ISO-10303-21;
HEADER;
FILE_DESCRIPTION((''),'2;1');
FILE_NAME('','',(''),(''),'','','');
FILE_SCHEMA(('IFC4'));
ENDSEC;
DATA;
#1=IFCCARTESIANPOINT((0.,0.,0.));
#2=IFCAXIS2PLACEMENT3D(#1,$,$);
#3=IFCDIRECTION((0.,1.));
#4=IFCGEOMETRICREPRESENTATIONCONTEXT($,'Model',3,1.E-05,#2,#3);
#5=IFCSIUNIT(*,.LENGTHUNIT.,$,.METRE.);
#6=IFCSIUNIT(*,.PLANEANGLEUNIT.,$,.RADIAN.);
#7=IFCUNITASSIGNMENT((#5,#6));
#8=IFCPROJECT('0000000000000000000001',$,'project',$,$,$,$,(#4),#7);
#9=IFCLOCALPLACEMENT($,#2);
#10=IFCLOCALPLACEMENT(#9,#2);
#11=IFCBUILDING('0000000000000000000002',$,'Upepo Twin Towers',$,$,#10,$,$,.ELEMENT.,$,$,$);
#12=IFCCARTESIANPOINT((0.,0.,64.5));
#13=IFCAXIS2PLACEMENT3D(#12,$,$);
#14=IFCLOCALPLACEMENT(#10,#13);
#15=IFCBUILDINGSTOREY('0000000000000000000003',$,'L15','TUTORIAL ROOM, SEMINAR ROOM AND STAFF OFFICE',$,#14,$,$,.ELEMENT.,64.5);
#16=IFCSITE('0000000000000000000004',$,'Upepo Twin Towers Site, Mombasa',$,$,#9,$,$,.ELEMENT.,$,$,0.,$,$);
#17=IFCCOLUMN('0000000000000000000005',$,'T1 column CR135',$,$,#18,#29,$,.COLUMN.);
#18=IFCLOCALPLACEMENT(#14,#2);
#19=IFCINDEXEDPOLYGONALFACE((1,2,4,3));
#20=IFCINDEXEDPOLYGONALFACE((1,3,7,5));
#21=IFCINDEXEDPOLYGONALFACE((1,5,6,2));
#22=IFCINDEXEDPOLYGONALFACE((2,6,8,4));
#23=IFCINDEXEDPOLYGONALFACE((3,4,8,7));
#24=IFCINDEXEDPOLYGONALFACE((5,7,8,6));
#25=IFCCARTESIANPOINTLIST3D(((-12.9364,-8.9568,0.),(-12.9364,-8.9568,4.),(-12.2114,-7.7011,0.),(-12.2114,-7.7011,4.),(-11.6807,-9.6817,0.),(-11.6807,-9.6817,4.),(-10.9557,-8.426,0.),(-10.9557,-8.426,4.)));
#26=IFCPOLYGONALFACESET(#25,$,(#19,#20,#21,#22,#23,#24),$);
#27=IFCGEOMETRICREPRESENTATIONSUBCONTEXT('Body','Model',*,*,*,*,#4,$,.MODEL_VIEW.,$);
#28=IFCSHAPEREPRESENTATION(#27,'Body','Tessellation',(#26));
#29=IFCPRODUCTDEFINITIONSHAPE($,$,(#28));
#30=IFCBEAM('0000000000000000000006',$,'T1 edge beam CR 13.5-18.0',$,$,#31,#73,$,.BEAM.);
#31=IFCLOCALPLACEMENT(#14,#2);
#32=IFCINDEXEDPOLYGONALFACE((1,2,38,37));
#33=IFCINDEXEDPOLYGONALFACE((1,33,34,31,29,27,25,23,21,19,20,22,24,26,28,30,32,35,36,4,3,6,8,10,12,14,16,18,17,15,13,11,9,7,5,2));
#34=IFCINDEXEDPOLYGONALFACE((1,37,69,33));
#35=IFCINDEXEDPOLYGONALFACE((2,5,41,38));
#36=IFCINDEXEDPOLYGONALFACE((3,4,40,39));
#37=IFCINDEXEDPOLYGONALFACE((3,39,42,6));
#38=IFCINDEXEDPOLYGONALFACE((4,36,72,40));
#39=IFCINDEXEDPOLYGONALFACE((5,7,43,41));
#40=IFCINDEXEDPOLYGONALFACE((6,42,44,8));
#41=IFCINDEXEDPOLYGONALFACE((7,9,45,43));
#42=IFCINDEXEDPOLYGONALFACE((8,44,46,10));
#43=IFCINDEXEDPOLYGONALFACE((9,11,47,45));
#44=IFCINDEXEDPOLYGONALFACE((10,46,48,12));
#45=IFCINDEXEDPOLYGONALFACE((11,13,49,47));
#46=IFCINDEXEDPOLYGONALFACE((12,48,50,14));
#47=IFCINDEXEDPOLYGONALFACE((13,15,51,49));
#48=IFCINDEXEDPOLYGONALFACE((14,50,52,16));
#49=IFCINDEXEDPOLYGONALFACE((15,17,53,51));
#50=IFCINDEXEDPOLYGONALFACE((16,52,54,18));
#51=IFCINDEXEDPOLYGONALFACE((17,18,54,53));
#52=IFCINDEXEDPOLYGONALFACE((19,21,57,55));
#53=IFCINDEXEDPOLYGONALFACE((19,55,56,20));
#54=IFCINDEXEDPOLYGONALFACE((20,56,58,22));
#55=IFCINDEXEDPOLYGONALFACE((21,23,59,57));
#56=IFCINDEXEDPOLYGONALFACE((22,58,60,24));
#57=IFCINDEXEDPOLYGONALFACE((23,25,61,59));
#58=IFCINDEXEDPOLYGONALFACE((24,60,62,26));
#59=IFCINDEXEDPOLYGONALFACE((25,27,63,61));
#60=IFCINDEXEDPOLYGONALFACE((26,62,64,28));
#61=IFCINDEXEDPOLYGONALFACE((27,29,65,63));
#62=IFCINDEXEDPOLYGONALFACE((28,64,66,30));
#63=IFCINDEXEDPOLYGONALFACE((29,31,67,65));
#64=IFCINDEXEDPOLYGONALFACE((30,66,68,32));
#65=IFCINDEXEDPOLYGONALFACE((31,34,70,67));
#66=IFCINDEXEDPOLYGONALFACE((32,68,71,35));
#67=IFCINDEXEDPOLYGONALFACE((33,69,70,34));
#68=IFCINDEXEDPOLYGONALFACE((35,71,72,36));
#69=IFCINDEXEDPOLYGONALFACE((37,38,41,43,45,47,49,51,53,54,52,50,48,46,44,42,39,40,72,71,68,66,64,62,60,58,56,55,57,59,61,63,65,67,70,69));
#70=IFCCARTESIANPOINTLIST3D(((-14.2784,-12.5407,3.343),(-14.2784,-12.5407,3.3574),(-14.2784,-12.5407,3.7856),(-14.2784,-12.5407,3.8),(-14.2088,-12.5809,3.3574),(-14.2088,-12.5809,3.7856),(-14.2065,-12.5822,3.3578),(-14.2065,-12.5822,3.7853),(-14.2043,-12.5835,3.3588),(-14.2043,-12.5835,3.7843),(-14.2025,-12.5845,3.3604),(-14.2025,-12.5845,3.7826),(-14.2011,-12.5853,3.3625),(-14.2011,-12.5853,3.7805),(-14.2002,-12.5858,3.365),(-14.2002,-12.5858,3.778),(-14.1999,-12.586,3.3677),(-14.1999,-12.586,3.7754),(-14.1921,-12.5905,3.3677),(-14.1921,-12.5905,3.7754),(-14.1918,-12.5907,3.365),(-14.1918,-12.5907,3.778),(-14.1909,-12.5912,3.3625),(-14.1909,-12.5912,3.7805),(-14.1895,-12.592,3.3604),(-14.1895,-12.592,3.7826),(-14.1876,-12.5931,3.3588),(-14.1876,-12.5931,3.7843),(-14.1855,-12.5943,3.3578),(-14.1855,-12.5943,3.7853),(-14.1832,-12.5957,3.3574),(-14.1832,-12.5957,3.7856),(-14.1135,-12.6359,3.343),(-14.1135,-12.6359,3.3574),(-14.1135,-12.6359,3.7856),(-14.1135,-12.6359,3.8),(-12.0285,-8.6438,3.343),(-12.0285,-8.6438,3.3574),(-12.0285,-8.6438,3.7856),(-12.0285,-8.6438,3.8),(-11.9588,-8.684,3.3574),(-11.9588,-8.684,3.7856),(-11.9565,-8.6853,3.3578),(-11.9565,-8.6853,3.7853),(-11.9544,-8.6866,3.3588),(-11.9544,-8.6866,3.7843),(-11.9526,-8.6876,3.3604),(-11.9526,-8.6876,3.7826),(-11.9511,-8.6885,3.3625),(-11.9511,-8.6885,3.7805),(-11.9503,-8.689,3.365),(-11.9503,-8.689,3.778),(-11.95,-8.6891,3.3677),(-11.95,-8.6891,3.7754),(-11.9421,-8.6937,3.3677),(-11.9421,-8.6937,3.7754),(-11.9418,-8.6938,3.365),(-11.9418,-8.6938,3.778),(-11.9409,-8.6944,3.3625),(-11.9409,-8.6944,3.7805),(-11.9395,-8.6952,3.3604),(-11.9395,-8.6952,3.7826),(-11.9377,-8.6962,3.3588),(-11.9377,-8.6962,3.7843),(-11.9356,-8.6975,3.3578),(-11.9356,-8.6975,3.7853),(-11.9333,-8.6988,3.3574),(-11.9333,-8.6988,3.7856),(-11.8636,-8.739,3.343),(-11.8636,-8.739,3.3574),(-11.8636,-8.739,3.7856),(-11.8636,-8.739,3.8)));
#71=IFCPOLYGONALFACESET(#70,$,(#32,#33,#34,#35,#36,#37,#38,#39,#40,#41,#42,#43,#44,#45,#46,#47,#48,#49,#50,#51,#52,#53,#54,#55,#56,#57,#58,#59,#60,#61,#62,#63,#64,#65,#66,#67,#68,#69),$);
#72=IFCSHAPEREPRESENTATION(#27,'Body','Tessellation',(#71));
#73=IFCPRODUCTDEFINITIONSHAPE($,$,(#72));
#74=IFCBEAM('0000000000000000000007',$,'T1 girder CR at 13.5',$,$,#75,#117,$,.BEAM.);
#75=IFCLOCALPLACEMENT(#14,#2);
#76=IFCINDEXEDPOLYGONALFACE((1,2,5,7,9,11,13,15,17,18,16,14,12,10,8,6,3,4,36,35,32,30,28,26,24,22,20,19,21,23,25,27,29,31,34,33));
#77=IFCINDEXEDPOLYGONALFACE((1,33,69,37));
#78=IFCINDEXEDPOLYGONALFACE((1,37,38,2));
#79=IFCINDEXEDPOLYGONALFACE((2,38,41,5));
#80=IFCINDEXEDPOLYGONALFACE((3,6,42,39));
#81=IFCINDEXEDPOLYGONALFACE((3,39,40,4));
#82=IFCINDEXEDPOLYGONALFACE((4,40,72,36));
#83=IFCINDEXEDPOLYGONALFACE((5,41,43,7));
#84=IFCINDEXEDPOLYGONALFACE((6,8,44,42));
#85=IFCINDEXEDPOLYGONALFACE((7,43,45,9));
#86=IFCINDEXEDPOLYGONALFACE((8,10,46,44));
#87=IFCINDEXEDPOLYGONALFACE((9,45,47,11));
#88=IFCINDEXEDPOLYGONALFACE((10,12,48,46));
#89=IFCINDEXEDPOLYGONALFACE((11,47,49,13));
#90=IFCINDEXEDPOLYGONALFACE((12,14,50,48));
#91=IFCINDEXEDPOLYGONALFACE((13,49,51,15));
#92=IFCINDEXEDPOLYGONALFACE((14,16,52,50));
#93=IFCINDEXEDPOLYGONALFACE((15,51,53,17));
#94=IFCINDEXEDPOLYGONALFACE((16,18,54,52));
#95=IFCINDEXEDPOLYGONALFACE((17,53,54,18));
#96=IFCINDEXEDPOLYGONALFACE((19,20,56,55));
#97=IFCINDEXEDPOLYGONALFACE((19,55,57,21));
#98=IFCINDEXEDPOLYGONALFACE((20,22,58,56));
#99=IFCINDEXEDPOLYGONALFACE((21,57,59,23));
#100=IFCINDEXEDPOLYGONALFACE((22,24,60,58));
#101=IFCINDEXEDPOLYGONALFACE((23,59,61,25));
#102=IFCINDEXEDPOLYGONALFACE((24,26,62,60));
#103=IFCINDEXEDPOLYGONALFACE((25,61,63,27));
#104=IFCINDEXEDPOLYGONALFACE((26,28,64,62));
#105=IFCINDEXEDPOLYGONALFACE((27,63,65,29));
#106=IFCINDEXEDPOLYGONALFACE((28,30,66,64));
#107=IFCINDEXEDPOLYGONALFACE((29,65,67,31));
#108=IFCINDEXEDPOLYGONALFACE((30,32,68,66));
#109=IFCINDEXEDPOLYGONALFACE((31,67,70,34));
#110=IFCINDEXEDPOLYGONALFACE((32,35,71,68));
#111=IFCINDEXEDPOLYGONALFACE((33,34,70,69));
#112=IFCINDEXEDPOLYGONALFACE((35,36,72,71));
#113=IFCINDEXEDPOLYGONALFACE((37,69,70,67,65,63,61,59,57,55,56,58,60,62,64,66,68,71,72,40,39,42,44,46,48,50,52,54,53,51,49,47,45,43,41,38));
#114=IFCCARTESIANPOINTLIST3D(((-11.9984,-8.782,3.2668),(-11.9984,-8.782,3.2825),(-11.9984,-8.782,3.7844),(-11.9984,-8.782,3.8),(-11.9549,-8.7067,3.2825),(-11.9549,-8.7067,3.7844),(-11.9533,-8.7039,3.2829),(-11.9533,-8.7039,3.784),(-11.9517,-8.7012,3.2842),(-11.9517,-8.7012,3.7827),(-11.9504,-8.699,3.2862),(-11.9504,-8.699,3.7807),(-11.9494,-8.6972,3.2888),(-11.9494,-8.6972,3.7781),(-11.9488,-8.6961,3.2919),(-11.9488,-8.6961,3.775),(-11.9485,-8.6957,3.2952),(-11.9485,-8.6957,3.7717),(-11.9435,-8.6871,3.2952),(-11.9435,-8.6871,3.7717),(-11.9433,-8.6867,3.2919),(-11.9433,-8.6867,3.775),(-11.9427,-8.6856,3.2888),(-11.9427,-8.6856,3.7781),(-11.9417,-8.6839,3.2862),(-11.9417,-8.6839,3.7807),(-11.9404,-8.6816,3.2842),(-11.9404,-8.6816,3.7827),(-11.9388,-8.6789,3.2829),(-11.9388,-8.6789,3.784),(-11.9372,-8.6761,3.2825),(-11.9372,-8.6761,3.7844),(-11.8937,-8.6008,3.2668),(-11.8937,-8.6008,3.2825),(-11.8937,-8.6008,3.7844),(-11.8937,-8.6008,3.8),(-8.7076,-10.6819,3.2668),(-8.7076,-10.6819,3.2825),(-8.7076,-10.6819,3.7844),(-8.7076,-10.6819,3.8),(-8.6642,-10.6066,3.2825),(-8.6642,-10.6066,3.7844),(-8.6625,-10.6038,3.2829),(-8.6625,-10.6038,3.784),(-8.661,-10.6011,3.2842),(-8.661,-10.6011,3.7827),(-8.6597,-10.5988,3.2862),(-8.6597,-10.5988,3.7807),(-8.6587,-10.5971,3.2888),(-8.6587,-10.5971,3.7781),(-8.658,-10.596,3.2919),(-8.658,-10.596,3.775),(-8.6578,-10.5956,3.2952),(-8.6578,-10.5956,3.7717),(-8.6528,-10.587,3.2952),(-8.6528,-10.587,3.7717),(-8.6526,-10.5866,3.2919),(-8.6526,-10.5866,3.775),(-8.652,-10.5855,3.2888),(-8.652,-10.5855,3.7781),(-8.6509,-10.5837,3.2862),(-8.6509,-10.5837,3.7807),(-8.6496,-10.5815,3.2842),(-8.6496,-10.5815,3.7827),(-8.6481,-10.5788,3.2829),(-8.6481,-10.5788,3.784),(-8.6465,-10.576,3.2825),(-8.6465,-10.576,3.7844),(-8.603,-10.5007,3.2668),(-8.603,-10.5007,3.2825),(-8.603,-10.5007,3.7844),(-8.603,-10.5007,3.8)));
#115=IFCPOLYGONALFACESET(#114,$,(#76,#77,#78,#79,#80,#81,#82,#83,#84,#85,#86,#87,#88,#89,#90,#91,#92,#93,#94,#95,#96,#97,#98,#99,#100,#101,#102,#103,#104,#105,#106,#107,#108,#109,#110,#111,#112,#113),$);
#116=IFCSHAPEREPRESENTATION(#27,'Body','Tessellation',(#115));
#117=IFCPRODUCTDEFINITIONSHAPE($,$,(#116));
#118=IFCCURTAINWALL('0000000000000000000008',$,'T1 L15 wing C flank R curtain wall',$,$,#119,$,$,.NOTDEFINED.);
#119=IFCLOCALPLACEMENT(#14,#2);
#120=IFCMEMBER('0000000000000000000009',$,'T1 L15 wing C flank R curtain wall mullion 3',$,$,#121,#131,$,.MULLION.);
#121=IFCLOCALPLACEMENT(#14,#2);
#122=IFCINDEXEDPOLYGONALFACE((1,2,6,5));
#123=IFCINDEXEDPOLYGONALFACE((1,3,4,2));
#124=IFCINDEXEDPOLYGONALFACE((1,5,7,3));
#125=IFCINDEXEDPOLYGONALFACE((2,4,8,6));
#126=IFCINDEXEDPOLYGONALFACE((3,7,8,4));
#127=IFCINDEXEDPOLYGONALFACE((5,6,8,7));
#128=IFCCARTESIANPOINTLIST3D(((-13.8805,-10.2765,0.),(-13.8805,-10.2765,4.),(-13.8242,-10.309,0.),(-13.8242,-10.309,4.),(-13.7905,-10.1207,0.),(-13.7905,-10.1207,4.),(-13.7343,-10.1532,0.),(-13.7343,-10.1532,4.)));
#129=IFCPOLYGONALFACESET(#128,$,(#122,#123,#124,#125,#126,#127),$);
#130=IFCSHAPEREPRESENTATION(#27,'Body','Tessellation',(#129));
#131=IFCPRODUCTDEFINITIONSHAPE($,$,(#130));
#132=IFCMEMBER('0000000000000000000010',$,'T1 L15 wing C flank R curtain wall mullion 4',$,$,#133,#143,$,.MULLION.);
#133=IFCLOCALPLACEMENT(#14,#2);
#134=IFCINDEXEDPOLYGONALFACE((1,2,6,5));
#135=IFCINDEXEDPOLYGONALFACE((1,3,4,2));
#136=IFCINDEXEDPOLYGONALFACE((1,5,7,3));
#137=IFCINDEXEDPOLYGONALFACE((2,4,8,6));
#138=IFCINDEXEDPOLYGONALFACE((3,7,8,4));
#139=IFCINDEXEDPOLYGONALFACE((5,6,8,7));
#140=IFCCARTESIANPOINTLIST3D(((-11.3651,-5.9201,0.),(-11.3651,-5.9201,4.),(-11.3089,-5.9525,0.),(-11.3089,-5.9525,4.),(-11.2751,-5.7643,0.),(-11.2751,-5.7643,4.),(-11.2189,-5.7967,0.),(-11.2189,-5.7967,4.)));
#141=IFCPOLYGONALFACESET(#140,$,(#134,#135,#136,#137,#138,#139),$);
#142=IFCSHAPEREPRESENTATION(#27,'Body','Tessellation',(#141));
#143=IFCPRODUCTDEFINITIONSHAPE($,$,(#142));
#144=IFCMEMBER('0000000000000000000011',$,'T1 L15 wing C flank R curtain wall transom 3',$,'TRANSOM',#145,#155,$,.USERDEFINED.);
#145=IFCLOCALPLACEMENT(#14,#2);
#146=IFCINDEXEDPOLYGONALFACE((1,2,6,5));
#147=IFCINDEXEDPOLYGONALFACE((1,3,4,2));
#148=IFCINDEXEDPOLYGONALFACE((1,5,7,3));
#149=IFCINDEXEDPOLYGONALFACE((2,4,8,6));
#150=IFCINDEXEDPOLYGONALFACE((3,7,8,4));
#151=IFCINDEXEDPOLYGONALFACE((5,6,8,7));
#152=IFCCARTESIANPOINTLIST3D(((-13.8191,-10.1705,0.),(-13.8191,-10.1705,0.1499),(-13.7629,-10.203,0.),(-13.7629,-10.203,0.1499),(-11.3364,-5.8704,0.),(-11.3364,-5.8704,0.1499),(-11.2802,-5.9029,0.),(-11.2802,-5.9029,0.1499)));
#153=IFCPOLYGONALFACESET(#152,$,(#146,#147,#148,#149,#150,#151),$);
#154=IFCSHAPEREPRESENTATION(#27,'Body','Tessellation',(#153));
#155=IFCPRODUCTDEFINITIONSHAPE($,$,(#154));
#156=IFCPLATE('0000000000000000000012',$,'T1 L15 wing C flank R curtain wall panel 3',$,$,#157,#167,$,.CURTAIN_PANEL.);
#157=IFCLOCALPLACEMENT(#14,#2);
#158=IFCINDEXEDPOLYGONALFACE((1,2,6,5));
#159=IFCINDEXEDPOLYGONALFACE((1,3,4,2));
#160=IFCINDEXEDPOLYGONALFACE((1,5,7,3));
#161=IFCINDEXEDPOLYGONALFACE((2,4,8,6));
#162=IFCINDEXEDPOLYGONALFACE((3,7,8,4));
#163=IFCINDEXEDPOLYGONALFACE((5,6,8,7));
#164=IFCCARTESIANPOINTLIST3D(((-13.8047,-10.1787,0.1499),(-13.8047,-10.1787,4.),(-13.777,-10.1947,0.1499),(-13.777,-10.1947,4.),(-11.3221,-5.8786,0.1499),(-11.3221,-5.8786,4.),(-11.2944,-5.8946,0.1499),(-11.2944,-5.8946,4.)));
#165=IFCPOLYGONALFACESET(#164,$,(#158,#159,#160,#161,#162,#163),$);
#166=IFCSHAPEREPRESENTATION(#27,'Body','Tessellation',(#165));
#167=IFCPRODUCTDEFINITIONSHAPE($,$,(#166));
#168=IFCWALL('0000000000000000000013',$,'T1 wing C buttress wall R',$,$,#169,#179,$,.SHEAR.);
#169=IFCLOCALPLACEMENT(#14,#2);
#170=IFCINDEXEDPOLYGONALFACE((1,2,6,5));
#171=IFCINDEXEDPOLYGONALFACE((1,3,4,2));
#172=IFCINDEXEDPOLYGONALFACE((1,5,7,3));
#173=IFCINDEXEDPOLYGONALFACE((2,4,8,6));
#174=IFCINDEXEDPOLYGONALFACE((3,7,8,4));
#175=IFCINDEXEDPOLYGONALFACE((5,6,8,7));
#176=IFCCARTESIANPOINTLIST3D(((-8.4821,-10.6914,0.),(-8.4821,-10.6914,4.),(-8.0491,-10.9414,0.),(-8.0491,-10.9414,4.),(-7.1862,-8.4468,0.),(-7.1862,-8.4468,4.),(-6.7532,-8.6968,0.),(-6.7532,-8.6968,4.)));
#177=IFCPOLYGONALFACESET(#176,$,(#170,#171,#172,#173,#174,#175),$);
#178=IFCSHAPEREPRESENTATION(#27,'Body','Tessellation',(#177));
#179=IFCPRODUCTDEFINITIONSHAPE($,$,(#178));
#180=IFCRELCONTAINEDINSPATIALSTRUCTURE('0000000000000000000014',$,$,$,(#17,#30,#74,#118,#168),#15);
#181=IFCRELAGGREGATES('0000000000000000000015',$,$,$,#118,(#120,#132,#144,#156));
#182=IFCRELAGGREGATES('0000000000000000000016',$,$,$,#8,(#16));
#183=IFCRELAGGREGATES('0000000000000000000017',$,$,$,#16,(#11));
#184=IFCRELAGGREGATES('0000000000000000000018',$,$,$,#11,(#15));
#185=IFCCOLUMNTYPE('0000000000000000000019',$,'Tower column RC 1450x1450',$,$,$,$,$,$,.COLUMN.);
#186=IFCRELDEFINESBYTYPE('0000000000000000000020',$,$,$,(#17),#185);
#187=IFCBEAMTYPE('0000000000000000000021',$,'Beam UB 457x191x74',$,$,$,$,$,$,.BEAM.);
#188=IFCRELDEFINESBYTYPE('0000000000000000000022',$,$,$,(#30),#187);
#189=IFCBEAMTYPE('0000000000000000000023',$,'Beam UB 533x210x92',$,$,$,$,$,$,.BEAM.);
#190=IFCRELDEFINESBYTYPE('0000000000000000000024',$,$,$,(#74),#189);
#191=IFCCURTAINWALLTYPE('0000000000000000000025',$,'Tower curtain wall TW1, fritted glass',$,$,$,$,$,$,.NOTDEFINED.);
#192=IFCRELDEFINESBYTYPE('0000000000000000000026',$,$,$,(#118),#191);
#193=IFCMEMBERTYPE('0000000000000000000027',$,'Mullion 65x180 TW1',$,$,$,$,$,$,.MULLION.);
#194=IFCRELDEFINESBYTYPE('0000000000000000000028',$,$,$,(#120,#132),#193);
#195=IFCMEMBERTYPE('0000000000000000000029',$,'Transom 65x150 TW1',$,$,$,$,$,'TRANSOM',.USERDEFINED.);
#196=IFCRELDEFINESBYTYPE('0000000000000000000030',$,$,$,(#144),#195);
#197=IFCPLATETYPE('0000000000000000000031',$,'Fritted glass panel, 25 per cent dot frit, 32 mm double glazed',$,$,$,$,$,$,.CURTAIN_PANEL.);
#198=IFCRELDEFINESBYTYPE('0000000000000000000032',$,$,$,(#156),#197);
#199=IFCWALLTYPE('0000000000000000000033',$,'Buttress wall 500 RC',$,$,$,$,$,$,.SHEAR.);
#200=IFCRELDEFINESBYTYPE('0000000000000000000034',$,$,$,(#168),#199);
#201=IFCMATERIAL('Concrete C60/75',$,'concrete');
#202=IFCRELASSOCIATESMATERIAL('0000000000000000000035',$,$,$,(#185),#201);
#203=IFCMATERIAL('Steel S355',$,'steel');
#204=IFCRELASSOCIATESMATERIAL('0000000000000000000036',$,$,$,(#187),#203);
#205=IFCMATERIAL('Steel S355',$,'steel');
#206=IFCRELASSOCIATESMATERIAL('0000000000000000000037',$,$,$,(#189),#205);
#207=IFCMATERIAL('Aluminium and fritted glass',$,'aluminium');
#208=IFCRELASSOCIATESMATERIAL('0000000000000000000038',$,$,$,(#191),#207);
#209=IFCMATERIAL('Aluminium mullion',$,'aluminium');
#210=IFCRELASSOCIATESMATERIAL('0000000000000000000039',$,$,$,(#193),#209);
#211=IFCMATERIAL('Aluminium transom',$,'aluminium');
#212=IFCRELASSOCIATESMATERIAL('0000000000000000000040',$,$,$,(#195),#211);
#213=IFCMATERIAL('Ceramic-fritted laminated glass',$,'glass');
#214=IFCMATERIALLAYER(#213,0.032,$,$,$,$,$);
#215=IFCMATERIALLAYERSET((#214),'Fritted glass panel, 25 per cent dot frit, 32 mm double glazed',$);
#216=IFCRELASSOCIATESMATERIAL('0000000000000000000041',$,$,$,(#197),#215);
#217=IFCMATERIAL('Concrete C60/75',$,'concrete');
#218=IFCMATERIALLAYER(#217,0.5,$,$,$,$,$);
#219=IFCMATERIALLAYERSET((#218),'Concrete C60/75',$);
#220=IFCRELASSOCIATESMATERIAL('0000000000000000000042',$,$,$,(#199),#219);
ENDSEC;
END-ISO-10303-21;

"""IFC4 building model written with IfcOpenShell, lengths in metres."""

from ifc_helpers import new_model, si_unit, direction, frame, frame_2d, origin, origin_2d, place, context, subcontext, project, spatial, rectangle, i_section, extrude, material, layer, layer_set, material_profile, profile_set, type_object, element, aggregate, save


model = new_model("IFC4")

# Units and contexts
model_context = context("Model", 3, precision=1e-05, world=origin(), true_north=direction((0.0, 1.0)))
body_context = subcontext(model_context, "Body", "Model", "MODEL_VIEW")
ifc_project = project(units=[si_unit("LENGTHUNIT", "METRE"), si_unit("PLANEANGLEUNIT", "RADIAN")], contexts=[model_context])

# Site, building, storey
site_placement = place(None, origin())
site = spatial("IfcSite", under=ifc_project, at=site_placement, Name="Upepo Twin Towers Site, Mombasa", CompositionType="ELEMENT", RefElevation=0.0)
building_placement = place(site_placement, origin())
building = spatial("IfcBuilding", under=site, at=building_placement, Name="Upepo Twin Towers", CompositionType="ELEMENT")
storey_placement = place(building_placement, frame((0.0, 0.0, 64.5)))
storey = spatial("IfcBuildingStorey", under=building, at=storey_placement, Name="L15", Description="TUTORIAL ROOM, SEMINAR ROOM AND STAFF OFFICE", CompositionType="ELEMENT", Elevation=64.5)

# Column
ifc_material_1 = material(Name="Concrete C60/75", Category="concrete")
ifc_material_profile_1 = material_profile(ifc_material_1, rectangle(XDim=1.45, YDim=1.45, at=origin_2d()), Name="RC 1450x1450")
ifc_profile_set_1 = profile_set([ifc_material_profile_1], Name="Concrete C60/75")
column_type = type_object("IfcColumnType", Name="Tower column RC 1450x1450", PredefinedType="COLUMN", material=ifc_profile_set_1)
column_placement = place(storey_placement, frame((-11.946, -8.6914, 0.0), z_axis=(0.0, 0.0, 1.0), x_axis=(0.5, 0.866025, 0.0)))
element("IfcColumn", 1, at=column_placement, inside=storey, type_object=column_type, Name="T1 column CR135", PredefinedType="COLUMN", context=body_context, shape_type="SweptSolid", body=[
    extrude(rectangle(XDim=1.45, YDim=1.45, at=origin_2d()), origin(), (0.0, 0.0, 1.0), 4.0),
])

# Beams
ifc_material_2 = material(Name="Steel S355", Category="steel")
ifc_material_profile_2 = material_profile(ifc_material_2, i_section(OverallWidth=0.1904, OverallDepth=0.457, WebThickness=0.009, FlangeThickness=0.0144, FilletRadius=0.0103, at=origin_2d()), Name="UB 457x191x74")
ifc_profile_set_2 = profile_set([ifc_material_profile_2], Name="Steel S355")
beam_type_1 = type_object("IfcBeamType", Name="Beam UB 457x191x74", PredefinedType="BEAM", material=ifc_profile_set_2)
beam_1_placement = place(storey_placement, frame((-11.946, -8.6914, 3.5715), z_axis=(-0.500014, -0.866018, 0.0), x_axis=(0.866018, -0.500014, 0.0)))
element("IfcBeam", 2, at=beam_1_placement, inside=storey, type_object=beam_type_1, Name="T1 edge beam CR 13.5-18.0", PredefinedType="BEAM", context=body_context, shape_type="SweptSolid", body=[
    extrude(i_section(OverallWidth=0.1904, OverallDepth=0.457, WebThickness=0.009, FlangeThickness=0.0144, FilletRadius=0.0103, at=origin_2d()), origin(), (0.0, 0.0, 1.0), 4.4998),
])
ifc_material_3 = material(Name="Steel S355", Category="steel")
ifc_material_profile_3 = material_profile(ifc_material_3, i_section(OverallWidth=0.2092, OverallDepth=0.5332, WebThickness=0.01, FlangeThickness=0.0156, FilletRadius=0.0127, at=origin_2d()), Name="UB 533x210x92")
ifc_profile_set_3 = profile_set([ifc_material_profile_3], Name="Steel S355")
beam_type_2 = type_object("IfcBeamType", Name="Beam UB 533x210x92", PredefinedType="BEAM", material=ifc_profile_set_3)
beam_2_placement = place(storey_placement, frame((-11.946, -8.6914, 3.5334), z_axis=(0.866028, -0.499995, 0.0), x_axis=(0.499995, 0.866028, 0.0)))
element("IfcBeam", 3, at=beam_2_placement, inside=storey, type_object=beam_type_2, Name="T1 girder CR at 13.5", PredefinedType="BEAM", context=body_context, shape_type="SweptSolid", body=[
    extrude(i_section(OverallWidth=0.2092, OverallDepth=0.5332, WebThickness=0.01, FlangeThickness=0.0156, FilletRadius=0.0127, at=origin_2d()), origin(), (0.0, 0.0, 1.0), 3.7998),
])

# Curtain wall, members, plate
ifc_material_4 = material(Name="Aluminium and fritted glass", Category="aluminium")
curtain_wall_type = type_object("IfcCurtainWallType", Name="Tower curtain wall TW1, fritted glass", PredefinedType="NOTDEFINED", material=ifc_material_4)
curtain_wall_placement = place(storey_placement, origin())
curtain_wall = element("IfcCurtainWall", 4, at=curtain_wall_placement, inside=storey, type_object=curtain_wall_type, Name="T1 L15 wing C flank R curtain wall", PredefinedType="NOTDEFINED")
ifc_material_5 = material(Name="Aluminium mullion", Category="aluminium")
ifc_material_profile_4 = material_profile(ifc_material_5, rectangle(XDim=0.0649, YDim=0.1799, at=origin_2d()), Name="MULLION 65x180")
ifc_profile_set_4 = profile_set([ifc_material_profile_4], Name="Aluminium mullion")
member_type_1 = type_object("IfcMemberType", Name="Mullion 65x180 TW1", PredefinedType="MULLION", material=ifc_profile_set_4)
member_1_placement = place(storey_placement, frame((-13.8074, -10.2148, 0.0), z_axis=(0.0, 0.0, 1.0), x_axis=(-0.866025, 0.5, 0.0)))
member_1 = element("IfcMember", 5, at=member_1_placement, type_object=member_type_1, Name="T1 L15 wing C flank R curtain wall mullion 3", PredefinedType="MULLION", context=body_context, shape_type="SweptSolid", body=[
    extrude(rectangle(XDim=0.0649, YDim=0.1799, at=origin_2d()), origin(), (0.0, 0.0, 1.0), 4.0),
])
member_2_placement = place(storey_placement, frame((-11.292, -5.8584, 0.0), z_axis=(0.0, 0.0, 1.0), x_axis=(-0.866025, 0.5, 0.0)))
member_2 = element("IfcMember", 6, at=member_2_placement, type_object=member_type_1, Name="T1 L15 wing C flank R curtain wall mullion 4", PredefinedType="MULLION", context=body_context, shape_type="SweptSolid", body=[
    extrude(rectangle(XDim=0.0649, YDim=0.1799, at=origin_2d()), origin(), (0.0, 0.0, 1.0), 4.0),
])
ifc_material_6 = material(Name="Aluminium transom", Category="aluminium")
ifc_material_profile_5 = material_profile(ifc_material_6, rectangle(XDim=0.0649, YDim=0.1499, at=origin_2d()), Name="TRANSOM 65x150")
ifc_profile_set_5 = profile_set([ifc_material_profile_5], Name="Aluminium transom")
member_type_2 = type_object("IfcMemberType", Name="Transom 65x150 TW1", ElementType="TRANSOM", PredefinedType="USERDEFINED", material=ifc_profile_set_5)
member_3_placement = place(storey_placement, frame((-13.791, -10.1868, 0.075), z_axis=(0.500005, 0.866023, 0.0), x_axis=(-0.866023, 0.500005, 0.0)))
member_3 = element("IfcMember", 7, at=member_3_placement, type_object=member_type_2, Name="T1 L15 wing C flank R curtain wall transom 3", ObjectType="TRANSOM", PredefinedType="USERDEFINED", context=body_context, shape_type="SweptSolid", body=[
    extrude(rectangle(XDim=0.0649, YDim=0.1499, at=origin_2d()), origin(), (0.0, 0.0, 1.0), 4.9653),
])
ifc_material_7 = material(Name="Ceramic-fritted laminated glass", Category="glass")
ifc_layer_1 = layer(ifc_material_7, 0.032)
ifc_layer_set_1 = layer_set([ifc_layer_1], Name="Fritted glass panel, 25 per cent dot frit, 32 mm double glazed")
plate_type = type_object("IfcPlateType", Name="Fritted glass panel, 25 per cent dot frit, 32 mm double glazed", PredefinedType="CURTAIN_PANEL", material=ifc_layer_set_1)
plate_placement = place(storey_placement, frame((-12.5496, -8.0366, 0.1499), z_axis=(0.0, 0.0, 1.0), x_axis=(0.5, 0.866025, 0.0)))
plate = element("IfcPlate", 8, at=plate_placement, type_object=plate_type, Name="T1 L15 wing C flank R curtain wall panel 3", PredefinedType="CURTAIN_PANEL", context=body_context, shape_type="SweptSolid", body=[
    extrude(rectangle(XDim=4.9653, YDim=0.032, at=origin_2d()), origin(), (0.0, 0.0, 1.0), 3.8501),
])
aggregate(curtain_wall, [member_1, member_2, member_3, plate])

# Wall
ifc_material_8 = material(Name="Concrete C60/75", Category="concrete")
ifc_layer_2 = layer(ifc_material_8, 0.5)
ifc_layer_set_2 = layer_set([ifc_layer_2], Name="Concrete C60/75")
wall_type_1 = type_object("IfcWallType", Name="Buttress wall 500 RC", PredefinedType="SHEAR", material=ifc_layer_set_2)
wall_1_placement = place(storey_placement, frame((-6.9697, -8.5718, 0.0), z_axis=(0.0, 0.0, 1.0), x_axis=(-0.499989, -0.866032, 0.0)))
element("IfcWall", 9, at=wall_1_placement, inside=storey, type_object=wall_type_1, Name="T1 wing C buttress wall R", PredefinedType="SHEAR", context=body_context, shape_type="SweptSolid", body=[
    extrude(rectangle(XDim=2.5918, YDim=0.5, at=frame_2d((1.2959, 0.0))), origin(), (0.0, 0.0, 1.0), 4.0),
])

save(model, "model.ifc")
